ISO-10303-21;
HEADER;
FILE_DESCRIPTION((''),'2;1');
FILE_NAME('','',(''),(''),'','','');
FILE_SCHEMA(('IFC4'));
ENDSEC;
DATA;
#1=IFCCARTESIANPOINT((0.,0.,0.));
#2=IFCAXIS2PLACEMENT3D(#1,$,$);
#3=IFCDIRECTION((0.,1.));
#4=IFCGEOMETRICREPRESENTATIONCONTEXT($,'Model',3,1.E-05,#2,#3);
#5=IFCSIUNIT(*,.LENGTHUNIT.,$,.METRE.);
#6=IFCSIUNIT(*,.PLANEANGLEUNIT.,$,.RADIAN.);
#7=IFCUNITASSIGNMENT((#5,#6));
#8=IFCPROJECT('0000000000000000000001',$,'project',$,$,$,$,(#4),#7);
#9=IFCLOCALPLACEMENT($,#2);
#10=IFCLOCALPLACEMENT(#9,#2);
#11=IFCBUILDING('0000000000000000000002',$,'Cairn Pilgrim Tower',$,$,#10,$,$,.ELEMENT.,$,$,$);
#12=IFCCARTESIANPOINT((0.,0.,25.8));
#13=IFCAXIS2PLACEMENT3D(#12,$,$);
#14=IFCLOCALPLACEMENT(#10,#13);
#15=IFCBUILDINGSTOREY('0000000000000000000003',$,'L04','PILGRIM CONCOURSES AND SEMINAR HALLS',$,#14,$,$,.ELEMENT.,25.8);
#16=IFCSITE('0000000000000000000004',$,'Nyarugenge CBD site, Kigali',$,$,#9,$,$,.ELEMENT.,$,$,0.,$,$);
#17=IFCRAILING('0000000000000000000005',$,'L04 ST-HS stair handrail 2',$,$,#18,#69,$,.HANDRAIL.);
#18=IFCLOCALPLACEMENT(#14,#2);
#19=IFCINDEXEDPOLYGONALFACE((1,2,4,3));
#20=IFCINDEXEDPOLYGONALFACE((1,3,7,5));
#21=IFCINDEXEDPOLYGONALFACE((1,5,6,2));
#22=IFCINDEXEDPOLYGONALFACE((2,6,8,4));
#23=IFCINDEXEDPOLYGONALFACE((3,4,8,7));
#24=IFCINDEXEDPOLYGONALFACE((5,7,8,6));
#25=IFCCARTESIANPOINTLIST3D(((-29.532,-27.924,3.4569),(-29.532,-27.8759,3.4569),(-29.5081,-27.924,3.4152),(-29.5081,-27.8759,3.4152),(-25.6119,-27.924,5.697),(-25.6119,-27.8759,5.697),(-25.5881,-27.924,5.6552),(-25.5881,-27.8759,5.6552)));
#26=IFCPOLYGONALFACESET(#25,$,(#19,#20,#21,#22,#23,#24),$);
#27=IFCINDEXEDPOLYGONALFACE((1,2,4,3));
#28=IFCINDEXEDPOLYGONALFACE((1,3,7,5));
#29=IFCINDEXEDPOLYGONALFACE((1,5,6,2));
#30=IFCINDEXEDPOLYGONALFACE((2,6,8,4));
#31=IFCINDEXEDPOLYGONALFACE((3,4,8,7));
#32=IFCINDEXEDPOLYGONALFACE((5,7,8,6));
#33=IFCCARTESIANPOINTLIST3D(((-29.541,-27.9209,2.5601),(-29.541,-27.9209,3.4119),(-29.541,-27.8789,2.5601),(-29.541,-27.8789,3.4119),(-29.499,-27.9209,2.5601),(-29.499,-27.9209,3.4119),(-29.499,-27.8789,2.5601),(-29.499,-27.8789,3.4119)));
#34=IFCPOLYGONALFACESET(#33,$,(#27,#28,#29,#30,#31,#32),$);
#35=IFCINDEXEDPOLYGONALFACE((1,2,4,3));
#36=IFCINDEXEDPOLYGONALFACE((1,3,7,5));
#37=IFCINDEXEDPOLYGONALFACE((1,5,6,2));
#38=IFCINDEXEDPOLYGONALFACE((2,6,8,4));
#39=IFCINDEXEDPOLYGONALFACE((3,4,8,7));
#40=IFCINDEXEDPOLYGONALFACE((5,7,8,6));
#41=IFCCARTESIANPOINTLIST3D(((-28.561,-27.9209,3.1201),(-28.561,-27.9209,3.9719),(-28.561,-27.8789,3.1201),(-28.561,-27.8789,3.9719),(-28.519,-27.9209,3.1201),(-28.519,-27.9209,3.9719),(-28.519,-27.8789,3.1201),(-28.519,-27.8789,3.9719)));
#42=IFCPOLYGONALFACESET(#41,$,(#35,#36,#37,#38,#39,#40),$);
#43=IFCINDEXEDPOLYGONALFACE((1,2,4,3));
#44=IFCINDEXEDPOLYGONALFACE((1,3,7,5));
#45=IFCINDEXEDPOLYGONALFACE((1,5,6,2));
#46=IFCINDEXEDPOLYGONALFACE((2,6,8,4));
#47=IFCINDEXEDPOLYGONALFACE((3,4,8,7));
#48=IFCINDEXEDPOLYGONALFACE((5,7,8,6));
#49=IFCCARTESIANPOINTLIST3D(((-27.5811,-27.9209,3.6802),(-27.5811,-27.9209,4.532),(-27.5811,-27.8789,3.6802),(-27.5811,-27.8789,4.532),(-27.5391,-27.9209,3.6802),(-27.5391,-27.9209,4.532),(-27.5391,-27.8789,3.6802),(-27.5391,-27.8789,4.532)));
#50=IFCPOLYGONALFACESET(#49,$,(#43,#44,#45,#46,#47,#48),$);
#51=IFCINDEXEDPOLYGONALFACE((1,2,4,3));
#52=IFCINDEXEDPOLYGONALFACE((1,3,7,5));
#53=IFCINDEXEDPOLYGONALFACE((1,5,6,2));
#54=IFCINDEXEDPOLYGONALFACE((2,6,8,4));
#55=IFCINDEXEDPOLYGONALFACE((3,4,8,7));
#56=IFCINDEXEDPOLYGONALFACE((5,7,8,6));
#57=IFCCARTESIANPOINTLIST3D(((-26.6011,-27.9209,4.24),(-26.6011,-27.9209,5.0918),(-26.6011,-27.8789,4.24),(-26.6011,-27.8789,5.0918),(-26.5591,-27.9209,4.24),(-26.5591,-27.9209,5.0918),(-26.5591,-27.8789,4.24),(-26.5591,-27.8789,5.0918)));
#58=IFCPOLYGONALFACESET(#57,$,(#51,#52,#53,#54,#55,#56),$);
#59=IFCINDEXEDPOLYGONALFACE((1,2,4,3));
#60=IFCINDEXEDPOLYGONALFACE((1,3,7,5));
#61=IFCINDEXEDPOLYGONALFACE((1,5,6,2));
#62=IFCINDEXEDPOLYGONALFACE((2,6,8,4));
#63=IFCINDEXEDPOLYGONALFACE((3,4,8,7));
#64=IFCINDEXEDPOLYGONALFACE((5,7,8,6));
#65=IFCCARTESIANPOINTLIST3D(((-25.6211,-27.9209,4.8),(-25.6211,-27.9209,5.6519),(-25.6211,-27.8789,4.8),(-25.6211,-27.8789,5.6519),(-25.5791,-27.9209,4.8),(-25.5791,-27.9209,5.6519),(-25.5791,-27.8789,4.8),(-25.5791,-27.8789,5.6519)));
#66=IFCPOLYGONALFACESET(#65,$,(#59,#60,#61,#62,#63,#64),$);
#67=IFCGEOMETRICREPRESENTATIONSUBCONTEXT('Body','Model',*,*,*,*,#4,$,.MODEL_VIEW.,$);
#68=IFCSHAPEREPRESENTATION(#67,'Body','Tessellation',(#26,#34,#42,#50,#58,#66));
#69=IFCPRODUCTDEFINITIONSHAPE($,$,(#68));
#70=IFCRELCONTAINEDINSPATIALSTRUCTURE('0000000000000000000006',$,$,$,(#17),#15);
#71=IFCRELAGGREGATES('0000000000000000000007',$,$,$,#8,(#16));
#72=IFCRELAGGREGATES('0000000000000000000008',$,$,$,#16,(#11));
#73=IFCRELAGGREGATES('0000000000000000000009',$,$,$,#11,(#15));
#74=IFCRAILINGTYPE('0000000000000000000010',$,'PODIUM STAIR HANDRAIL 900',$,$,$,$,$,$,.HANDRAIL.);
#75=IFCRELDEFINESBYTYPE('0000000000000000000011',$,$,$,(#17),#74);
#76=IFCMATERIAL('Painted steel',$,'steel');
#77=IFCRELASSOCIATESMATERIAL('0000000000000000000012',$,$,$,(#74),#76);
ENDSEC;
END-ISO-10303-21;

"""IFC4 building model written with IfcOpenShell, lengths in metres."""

from ifc_helpers import new_model, si_unit, direction, frame, origin, origin_2d, place, context, subcontext, project, spatial, rectangle, extrude, material, type_object, element, save


model = new_model("IFC4")

# Units and contexts
model_context = context("Model", 3, precision=1e-05, world=origin(), true_north=direction((0.0, 1.0)))
body_context = subcontext(model_context, "Body", "Model", "MODEL_VIEW")
ifc_project = project(units=[si_unit("LENGTHUNIT", "METRE"), si_unit("PLANEANGLEUNIT", "RADIAN")], contexts=[model_context])

# Site, building, storey
site_placement = place(None, origin())
site = spatial("IfcSite", under=ifc_project, at=site_placement, Name="Nyarugenge CBD site, Kigali", CompositionType="ELEMENT", RefElevation=0.0)
building_placement = place(site_placement, origin())
building = spatial("IfcBuilding", under=site, at=building_placement, Name="Cairn Pilgrim Tower", CompositionType="ELEMENT")
storey_placement = place(building_placement, frame((0.0, 0.0, 25.8)))
storey = spatial("IfcBuildingStorey", under=building, at=storey_placement, Name="L04", Description="PILGRIM CONCOURSES AND SEMINAR HALLS", CompositionType="ELEMENT", Elevation=25.8)

# Railing
ifc_material_1 = material(Name="Painted steel", Category="steel")
railing_type_1 = type_object("IfcRailingType", Name="PODIUM STAIR HANDRAIL 900", PredefinedType="HANDRAIL", material=ifc_material_1)
railing_1_placement = place(storey_placement, frame((-29.52, -27.8999, 2.5601)))
element("IfcRailing", 1, at=railing_1_placement, inside=storey, type_object=railing_type_1, Name="L04 ST-HS stair handrail 2", PredefinedType="HANDRAIL", context=body_context, shape_type="SweptSolid", body=[
    extrude(rectangle(XDim=0.0481, YDim=0.0481, at=origin_2d()), frame((0.0, 0.0, 0.876), z_axis=(0.86824, 0.0, 0.496145), x_axis=(0.0, 1.0, 0.0)), (0.0, 0.0, 1.0), 4.5149),
    extrude(rectangle(XDim=0.042, YDim=0.042, at=origin_2d()), origin(), (0.0, 0.0, 1.0), 0.8518),
    extrude(rectangle(XDim=0.042, YDim=0.042, at=origin_2d()), frame((0.98, 0.0, 0.5601)), (0.0, 0.0, 1.0), 0.8518),
    extrude(rectangle(XDim=0.042, YDim=0.042, at=origin_2d()), frame((1.96, 0.0, 1.1201)), (0.0, 0.0, 1.0), 0.8518),
    extrude(rectangle(XDim=0.042, YDim=0.042, at=origin_2d()), frame((2.9399, 0.0, 1.6799)), (0.0, 0.0, 1.0), 0.8518),
    extrude(rectangle(XDim=0.042, YDim=0.042, at=origin_2d()), frame((3.9199, 0.0, 2.24)), (0.0, 0.0, 1.0), 0.8518),
])

save(model, "model.ifc")
